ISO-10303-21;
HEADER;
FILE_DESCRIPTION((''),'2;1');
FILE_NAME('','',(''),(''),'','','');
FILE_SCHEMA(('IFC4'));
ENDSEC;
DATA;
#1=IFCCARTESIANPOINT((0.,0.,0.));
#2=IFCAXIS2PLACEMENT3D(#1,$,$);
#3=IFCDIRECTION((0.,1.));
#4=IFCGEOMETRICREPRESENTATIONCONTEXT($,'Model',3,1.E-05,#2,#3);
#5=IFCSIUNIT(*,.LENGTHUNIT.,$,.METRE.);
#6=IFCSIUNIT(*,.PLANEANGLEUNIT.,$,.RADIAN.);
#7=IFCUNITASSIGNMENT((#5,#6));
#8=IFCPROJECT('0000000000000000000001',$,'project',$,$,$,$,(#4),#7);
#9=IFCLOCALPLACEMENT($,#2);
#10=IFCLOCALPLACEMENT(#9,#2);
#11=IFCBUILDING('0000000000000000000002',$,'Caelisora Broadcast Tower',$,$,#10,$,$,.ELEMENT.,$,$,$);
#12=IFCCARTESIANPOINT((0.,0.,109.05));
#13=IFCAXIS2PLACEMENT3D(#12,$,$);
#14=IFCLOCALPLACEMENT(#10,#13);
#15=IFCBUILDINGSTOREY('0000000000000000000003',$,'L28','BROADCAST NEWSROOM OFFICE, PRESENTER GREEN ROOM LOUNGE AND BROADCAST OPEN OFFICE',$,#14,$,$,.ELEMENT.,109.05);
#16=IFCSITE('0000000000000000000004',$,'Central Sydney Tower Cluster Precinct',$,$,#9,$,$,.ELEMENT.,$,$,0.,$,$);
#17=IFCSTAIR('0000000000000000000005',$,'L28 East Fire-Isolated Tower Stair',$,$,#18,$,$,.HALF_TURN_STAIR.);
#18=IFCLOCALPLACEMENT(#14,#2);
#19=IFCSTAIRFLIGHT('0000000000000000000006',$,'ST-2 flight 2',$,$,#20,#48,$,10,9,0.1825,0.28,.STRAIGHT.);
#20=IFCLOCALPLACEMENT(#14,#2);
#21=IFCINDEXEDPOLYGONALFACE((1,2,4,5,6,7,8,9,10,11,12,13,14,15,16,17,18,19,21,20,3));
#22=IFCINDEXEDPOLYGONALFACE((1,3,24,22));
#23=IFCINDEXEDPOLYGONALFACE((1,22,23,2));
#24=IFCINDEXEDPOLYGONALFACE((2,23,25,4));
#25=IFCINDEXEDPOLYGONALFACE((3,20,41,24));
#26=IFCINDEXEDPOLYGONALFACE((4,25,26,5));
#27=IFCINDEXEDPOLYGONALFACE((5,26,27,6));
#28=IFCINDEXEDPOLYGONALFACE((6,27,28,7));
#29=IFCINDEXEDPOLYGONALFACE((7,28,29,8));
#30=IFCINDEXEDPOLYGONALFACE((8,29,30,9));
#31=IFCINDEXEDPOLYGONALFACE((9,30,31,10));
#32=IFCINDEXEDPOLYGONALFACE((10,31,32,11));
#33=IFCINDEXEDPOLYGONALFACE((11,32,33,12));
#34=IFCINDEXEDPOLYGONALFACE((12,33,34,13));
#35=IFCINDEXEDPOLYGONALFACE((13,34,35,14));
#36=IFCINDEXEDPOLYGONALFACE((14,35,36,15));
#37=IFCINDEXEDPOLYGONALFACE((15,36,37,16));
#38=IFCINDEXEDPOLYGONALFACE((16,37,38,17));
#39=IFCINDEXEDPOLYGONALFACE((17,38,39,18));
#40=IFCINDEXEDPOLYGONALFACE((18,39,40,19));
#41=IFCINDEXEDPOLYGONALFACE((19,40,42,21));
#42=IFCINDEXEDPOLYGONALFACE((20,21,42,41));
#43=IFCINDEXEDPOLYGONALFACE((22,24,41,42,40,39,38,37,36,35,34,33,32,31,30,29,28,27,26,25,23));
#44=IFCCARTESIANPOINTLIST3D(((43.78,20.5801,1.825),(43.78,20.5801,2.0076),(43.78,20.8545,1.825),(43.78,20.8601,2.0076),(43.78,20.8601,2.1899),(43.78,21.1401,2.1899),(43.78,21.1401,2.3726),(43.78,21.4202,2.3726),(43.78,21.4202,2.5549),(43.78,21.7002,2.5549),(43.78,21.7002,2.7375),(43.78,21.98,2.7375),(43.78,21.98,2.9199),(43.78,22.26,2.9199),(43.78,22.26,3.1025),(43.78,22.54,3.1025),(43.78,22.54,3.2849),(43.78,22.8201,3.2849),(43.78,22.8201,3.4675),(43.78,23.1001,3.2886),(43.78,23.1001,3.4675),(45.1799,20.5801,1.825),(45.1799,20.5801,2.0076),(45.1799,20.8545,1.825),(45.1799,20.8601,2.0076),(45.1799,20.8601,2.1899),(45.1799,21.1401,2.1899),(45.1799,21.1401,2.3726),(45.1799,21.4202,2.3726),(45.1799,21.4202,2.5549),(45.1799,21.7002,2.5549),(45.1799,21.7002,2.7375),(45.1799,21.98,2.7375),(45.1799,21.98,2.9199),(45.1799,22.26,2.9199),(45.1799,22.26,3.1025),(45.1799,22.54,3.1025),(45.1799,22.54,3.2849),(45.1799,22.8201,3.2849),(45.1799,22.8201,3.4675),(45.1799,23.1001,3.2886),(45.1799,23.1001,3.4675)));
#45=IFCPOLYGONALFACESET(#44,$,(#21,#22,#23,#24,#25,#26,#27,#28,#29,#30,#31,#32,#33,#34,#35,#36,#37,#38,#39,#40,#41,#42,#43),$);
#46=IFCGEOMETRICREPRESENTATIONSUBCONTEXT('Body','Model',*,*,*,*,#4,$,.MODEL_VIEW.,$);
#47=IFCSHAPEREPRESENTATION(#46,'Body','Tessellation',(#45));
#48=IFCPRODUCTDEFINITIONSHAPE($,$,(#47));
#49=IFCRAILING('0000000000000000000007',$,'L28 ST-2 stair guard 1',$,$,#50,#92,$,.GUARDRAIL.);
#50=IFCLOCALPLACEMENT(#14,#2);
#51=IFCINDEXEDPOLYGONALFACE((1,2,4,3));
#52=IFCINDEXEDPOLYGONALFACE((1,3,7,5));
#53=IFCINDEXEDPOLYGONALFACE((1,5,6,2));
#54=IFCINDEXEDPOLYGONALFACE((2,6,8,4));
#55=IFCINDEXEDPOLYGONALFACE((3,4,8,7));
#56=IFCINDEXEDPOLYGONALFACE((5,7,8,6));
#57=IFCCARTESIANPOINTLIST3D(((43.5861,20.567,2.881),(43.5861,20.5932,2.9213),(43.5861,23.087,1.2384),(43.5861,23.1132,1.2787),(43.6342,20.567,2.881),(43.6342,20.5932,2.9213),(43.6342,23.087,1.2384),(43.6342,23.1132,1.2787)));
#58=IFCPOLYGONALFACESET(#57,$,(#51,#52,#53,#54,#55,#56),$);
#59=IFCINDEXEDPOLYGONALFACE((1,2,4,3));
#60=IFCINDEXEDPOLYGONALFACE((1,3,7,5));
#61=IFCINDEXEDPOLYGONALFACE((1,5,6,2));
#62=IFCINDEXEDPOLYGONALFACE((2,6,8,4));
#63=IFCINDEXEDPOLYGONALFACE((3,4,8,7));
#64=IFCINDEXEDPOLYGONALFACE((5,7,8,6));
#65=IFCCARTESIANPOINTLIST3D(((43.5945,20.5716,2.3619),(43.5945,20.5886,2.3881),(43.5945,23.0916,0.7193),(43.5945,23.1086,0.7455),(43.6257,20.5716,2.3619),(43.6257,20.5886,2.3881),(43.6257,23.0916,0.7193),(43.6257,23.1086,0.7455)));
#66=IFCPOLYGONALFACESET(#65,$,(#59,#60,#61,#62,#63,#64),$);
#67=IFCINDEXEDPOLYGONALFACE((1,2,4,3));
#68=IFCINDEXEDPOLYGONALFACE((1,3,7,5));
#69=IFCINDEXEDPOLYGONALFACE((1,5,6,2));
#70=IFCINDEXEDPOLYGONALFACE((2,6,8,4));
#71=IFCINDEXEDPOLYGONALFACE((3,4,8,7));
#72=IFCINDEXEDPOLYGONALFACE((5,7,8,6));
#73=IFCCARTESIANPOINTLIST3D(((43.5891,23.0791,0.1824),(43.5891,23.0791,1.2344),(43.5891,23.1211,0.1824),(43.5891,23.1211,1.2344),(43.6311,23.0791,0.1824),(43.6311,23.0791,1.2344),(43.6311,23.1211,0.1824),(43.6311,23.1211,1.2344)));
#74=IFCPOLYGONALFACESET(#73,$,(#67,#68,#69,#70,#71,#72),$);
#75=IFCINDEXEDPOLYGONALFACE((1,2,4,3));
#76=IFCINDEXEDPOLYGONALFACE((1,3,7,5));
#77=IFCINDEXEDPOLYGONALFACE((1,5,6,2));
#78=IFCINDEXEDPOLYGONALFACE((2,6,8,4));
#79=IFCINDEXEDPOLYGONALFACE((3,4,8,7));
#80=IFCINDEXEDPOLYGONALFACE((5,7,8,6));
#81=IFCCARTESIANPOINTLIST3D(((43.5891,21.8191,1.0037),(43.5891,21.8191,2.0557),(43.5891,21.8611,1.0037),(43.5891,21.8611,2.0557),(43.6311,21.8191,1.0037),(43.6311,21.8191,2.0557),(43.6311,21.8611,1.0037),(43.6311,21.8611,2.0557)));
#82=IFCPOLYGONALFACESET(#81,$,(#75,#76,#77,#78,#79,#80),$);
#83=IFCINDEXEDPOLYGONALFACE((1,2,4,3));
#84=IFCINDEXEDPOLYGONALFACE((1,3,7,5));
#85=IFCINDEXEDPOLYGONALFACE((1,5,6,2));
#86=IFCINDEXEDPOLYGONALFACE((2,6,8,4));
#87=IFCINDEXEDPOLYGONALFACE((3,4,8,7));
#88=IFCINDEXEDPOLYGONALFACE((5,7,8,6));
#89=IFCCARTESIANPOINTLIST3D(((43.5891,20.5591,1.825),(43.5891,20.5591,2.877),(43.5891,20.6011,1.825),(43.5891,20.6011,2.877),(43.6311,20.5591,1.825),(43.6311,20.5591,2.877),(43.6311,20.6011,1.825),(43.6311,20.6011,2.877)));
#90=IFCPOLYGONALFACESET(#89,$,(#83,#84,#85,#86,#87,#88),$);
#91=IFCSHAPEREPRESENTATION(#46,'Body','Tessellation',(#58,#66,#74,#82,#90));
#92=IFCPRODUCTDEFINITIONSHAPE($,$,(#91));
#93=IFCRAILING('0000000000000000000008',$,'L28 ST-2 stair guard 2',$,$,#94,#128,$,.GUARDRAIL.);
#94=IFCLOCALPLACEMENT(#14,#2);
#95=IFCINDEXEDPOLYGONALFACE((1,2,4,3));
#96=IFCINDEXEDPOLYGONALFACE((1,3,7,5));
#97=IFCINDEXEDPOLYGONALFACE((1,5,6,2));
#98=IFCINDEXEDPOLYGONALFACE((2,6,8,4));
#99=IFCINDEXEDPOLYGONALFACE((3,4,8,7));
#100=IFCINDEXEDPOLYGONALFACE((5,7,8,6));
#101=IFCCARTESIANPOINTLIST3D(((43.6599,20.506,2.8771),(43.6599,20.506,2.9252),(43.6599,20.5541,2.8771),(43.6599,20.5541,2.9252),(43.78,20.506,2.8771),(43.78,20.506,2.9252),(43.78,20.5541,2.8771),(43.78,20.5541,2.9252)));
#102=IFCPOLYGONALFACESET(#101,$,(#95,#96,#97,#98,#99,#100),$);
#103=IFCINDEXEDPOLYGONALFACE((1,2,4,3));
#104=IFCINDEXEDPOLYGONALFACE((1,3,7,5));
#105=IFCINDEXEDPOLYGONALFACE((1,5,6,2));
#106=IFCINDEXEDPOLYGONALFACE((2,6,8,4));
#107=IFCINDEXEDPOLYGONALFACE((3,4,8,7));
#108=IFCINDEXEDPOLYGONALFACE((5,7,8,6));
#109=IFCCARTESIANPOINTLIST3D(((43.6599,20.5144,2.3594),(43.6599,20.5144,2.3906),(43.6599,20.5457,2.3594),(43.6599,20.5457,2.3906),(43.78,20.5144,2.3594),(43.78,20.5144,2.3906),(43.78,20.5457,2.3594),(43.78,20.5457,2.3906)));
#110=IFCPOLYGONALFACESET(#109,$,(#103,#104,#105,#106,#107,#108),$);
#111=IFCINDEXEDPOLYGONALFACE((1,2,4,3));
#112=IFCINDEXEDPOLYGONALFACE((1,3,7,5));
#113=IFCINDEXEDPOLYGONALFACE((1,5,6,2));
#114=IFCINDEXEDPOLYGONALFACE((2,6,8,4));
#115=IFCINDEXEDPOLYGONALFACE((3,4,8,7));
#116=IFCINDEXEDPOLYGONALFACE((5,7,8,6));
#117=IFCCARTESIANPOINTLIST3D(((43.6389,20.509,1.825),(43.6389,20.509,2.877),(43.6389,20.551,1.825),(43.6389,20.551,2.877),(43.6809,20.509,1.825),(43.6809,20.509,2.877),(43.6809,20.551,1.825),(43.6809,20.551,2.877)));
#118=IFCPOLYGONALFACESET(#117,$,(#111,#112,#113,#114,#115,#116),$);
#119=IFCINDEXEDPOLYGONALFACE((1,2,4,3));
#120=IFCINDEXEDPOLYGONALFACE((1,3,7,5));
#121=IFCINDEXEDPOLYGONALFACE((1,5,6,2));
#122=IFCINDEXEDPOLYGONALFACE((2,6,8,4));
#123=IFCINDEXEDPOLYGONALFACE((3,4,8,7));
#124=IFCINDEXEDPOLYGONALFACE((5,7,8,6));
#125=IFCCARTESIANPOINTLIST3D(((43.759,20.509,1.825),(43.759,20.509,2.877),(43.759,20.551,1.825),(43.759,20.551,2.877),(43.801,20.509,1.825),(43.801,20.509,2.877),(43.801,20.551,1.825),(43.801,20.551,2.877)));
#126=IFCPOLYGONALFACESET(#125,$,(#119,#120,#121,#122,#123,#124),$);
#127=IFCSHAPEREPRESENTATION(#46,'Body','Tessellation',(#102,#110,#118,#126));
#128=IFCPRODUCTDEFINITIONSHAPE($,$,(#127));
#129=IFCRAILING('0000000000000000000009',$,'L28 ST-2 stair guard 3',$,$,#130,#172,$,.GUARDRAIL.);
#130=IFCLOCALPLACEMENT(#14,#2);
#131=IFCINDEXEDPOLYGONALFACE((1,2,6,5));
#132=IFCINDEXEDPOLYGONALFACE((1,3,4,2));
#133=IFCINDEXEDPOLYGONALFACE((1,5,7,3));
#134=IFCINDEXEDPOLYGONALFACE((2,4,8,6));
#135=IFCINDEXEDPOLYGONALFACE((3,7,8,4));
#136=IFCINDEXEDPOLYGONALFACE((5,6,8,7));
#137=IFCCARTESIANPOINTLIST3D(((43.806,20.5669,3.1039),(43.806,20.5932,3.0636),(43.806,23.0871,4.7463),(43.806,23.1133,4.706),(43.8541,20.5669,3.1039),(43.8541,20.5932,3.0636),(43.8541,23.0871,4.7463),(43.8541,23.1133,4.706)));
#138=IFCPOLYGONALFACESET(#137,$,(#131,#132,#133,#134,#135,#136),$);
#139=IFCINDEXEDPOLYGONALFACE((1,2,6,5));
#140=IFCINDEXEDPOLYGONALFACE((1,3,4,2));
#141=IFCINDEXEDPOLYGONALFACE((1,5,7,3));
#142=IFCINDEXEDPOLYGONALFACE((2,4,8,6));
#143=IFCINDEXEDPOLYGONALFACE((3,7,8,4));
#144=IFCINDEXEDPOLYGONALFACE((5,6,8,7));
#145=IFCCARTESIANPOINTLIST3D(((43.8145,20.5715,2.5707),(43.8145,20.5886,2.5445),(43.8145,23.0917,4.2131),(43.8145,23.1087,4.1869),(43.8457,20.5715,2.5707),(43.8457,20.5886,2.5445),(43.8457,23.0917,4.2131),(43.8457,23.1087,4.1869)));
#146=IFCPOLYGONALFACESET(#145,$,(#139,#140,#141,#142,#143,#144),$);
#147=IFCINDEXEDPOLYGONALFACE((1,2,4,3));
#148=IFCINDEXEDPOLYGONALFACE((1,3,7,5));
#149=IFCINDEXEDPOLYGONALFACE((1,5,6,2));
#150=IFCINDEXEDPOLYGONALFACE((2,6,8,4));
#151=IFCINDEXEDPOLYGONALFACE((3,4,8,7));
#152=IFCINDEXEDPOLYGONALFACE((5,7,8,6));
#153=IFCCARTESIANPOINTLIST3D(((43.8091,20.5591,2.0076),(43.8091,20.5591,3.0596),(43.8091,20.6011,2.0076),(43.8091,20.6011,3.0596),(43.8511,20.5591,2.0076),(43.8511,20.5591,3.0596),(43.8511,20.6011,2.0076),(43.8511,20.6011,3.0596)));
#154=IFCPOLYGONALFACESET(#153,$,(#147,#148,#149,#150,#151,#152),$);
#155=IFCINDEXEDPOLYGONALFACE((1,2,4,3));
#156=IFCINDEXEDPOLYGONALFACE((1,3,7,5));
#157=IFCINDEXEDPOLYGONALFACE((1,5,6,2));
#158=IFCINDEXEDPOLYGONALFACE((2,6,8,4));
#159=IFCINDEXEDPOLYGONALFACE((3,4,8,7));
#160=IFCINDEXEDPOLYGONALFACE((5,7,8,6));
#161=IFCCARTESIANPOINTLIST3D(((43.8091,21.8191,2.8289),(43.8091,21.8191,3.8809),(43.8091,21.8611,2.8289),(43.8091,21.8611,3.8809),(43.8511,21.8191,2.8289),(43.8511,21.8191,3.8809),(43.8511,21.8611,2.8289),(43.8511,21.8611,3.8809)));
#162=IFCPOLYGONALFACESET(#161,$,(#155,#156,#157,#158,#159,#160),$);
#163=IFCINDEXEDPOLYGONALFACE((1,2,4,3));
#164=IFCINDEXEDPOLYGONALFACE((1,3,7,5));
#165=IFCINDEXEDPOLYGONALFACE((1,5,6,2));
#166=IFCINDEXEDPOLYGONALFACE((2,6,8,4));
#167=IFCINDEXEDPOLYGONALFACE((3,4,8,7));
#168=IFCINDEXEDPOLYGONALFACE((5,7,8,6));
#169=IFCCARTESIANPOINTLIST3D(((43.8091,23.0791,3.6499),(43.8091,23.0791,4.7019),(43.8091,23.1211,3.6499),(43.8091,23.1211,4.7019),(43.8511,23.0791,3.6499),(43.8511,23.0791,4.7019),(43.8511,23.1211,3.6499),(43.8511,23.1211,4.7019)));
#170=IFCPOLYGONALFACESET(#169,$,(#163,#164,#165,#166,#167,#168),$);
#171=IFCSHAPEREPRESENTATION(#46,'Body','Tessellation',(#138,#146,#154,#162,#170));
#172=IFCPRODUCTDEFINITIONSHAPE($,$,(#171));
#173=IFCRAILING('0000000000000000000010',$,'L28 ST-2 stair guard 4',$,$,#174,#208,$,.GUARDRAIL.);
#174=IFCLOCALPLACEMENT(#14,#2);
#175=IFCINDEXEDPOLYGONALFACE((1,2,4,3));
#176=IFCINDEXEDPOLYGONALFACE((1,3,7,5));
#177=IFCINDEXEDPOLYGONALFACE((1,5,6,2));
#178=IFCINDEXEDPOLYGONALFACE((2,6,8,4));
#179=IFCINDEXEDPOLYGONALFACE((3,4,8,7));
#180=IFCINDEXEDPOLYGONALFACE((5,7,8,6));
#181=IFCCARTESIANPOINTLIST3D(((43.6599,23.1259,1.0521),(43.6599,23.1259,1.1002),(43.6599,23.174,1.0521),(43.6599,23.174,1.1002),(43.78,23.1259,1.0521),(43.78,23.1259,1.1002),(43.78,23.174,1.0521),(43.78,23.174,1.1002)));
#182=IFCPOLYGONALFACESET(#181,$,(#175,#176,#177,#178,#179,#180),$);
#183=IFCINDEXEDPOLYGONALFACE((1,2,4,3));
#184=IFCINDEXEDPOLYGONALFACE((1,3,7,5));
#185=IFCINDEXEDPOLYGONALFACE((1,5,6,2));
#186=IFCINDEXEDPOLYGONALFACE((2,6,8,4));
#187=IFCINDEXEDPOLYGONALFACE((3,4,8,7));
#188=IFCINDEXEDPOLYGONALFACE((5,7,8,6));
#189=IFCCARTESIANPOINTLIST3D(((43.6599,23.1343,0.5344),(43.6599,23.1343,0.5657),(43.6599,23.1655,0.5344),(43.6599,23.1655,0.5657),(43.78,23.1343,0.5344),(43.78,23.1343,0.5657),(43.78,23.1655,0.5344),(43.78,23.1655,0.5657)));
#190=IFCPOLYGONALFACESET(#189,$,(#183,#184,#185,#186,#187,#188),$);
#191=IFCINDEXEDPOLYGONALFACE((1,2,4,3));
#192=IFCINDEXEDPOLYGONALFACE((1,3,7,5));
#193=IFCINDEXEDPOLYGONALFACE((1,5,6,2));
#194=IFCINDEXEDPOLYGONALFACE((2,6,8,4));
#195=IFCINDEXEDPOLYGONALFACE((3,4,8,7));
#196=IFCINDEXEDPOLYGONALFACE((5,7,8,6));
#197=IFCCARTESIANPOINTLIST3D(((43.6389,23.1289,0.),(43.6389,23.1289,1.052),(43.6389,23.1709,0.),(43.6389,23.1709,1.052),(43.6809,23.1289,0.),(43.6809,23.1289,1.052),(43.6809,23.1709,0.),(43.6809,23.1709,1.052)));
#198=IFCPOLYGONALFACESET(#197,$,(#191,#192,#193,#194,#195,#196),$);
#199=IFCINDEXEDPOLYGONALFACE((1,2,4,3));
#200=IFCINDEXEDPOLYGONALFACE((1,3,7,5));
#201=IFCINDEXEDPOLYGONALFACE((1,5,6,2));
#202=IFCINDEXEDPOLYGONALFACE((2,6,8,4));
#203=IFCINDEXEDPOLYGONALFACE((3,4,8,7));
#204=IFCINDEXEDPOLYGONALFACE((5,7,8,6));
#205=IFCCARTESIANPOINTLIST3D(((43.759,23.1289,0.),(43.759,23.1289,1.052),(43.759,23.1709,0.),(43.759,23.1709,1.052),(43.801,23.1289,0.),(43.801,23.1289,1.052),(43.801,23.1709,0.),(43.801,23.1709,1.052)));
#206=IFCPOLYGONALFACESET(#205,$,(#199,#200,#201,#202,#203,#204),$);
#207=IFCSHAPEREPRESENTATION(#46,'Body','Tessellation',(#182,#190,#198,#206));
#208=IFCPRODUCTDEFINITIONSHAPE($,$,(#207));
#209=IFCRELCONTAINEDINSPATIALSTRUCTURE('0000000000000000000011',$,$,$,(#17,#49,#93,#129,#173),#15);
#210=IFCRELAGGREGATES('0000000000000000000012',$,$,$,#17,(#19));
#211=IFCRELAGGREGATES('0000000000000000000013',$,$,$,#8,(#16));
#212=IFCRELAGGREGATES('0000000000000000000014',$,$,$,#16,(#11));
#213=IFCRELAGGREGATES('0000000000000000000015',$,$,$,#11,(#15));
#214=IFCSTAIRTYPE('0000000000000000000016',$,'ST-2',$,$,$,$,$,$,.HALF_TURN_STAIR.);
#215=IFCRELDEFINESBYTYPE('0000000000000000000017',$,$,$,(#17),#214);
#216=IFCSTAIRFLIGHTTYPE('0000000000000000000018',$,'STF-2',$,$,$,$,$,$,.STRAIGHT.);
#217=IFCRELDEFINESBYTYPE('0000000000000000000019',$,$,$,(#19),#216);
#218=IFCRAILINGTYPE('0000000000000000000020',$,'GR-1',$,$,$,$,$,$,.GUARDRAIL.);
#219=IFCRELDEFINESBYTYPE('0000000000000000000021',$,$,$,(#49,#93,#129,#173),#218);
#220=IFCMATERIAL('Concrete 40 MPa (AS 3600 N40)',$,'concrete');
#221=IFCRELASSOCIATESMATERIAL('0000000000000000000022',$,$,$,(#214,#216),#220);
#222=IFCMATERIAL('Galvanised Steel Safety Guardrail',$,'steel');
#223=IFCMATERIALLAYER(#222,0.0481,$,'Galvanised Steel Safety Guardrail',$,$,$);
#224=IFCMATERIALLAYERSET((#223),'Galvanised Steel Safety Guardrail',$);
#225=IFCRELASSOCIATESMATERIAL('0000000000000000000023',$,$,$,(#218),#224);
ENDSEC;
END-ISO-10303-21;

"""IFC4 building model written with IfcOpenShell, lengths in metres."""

from ifc_helpers import new_model, si_unit, direction, frame, origin, origin_2d, place, context, subcontext, project, spatial, polyline, rectangle, outline, extrude, material, layer, layer_set, type_object, element, aggregate, save


model = new_model("IFC4")

# Units and contexts
model_context = context("Model", 3, precision=1e-05, world=origin(), true_north=direction((0.0, 1.0)))
body_context = subcontext(model_context, "Body", "Model", "MODEL_VIEW")
ifc_project = project(units=[si_unit("LENGTHUNIT", "METRE"), si_unit("PLANEANGLEUNIT", "RADIAN")], contexts=[model_context])

# Site, building, storey
site_placement = place(None, origin())
site = spatial("IfcSite", under=ifc_project, at=site_placement, Name="Central Sydney Tower Cluster Precinct", CompositionType="ELEMENT", RefElevation=0.0)
building_placement = place(site_placement, origin())
building = spatial("IfcBuilding", under=site, at=building_placement, Name="Caelisora Broadcast Tower", CompositionType="ELEMENT")
storey_placement = place(building_placement, frame((0.0, 0.0, 109.05)))
storey = spatial("IfcBuildingStorey", under=building, at=storey_placement, Name="L28", Description="BROADCAST NEWSROOM OFFICE, PRESENTER GREEN ROOM LOUNGE AND BROADCAST OPEN OFFICE", CompositionType="ELEMENT", Elevation=109.05)

# Stair, stair flight
ifc_material_1 = material(Name="Concrete 40 MPa (AS 3600 N40)", Category="concrete")
stair_type = type_object("IfcStairType", Name="ST-2", PredefinedType="HALF_TURN_STAIR", material=ifc_material_1)
stair_placement = place(storey_placement, origin())
stair = element("IfcStair", 1, at=stair_placement, inside=storey, type_object=stair_type, Name="L28 East Fire-Isolated Tower Stair", PredefinedType="HALF_TURN_STAIR")
stair_flight_type = type_object("IfcStairFlightType", Name="STF-2", PredefinedType="STRAIGHT", material=ifc_material_1)
stair_flight_1_placement = place(storey_placement, frame((44.48, 20.5801, 1.825), z_axis=(0.0, 0.0, 1.0), x_axis=(0.0, 1.0, 0.0)))
stair_flight_1 = element("IfcStairFlight", 2, at=stair_flight_1_placement, type_object=stair_flight_type, Name="ST-2 flight 2", NumberOfRisers=10, NumberOfTreads=9, PredefinedType="STRAIGHT", RiserHeight=0.1825, TreadLength=0.28, context=body_context, shape_type="SweptSolid", body=[
    extrude(outline(polyline([(0.0, 0.0), (0.0, 0.1826), (0.28, 0.1826), (0.28, 0.365), (0.5601, 0.365), (0.5601, 0.5476), (0.8401, 0.5476), (0.8401, 0.73), (1.1201, 0.73), (1.1201, 0.9126), (1.3999, 0.9126), (1.3999, 1.095), (1.6799, 1.095), (1.6799, 1.2776), (1.96, 1.2776), (1.96, 1.46), (2.24, 1.46), (2.24, 1.6426), (2.52, 1.6426), (2.52, 1.825), (2.52, 1.4636), (0.2744, 0.0), (0.0, 0.0)])), frame((0.0, 0.7, 0.0), z_axis=(0.0, -1.0, 0.0), x_axis=(1.0, 0.0, 0.0)), (0.0, 0.0, 1.0), 1.3999),
])
aggregate(stair, [stair_flight_1])

# Railings
ifc_material_2 = material(Name="Galvanised Steel Safety Guardrail", Category="steel")
ifc_layer_1 = layer(ifc_material_2, 0.0481, Name="Galvanised Steel Safety Guardrail")
ifc_layer_set_1 = layer_set([ifc_layer_1], Name="Galvanised Steel Safety Guardrail")
railing_type_1 = type_object("IfcRailingType", Name="GR-1", PredefinedType="GUARDRAIL", material=ifc_layer_set_1)
railing_1_placement = place(storey_placement, frame((43.6101, 23.1001, 0.1824)))
element("IfcRailing", 3, at=railing_1_placement, inside=storey, type_object=railing_type_1, Name="L28 ST-2 stair guard 1", PredefinedType="GUARDRAIL", context=body_context, shape_type="SweptSolid", body=[
    extrude(rectangle(XDim=0.0481, YDim=0.0481, at=origin_2d()), frame((0.0, 0.0, 1.0762), z_axis=(0.0, -0.837749, 0.546055), x_axis=(1.0, 0.0, 0.0)), (0.0, 0.0, 1.0), 3.0081),
    extrude(rectangle(XDim=0.0312, YDim=0.0312, at=origin_2d()), frame((0.0, 0.0, 0.55), z_axis=(0.0, -0.837749, 0.546055), x_axis=(1.0, 0.0, 0.0)), (0.0, 0.0, 1.0), 3.0081),
    extrude(rectangle(XDim=0.042, YDim=0.042, at=origin_2d()), origin(), (0.0, 0.0, 1.0), 1.052),
    extrude(rectangle(XDim=0.042, YDim=0.042, at=origin_2d()), frame((0.0, -1.26, 0.8213)), (0.0, 0.0, 1.0), 1.052),
    extrude(rectangle(XDim=0.042, YDim=0.042, at=origin_2d()), frame((0.0, -2.52, 1.6426)), (0.0, 0.0, 1.0), 1.052),
])
railing_2_placement = place(storey_placement, frame((43.6599, 20.53, 1.825)))
element("IfcRailing", 4, at=railing_2_placement, inside=storey, type_object=railing_type_1, Name="L28 ST-2 stair guard 2", PredefinedType="GUARDRAIL", context=body_context, shape_type="SweptSolid", body=[
    extrude(rectangle(XDim=0.0481, YDim=0.0481, at=origin_2d()), frame((0.0, 0.0, 1.0762), z_axis=(1.0, 0.0, 0.0), x_axis=(0.0, 1.0, 0.0)), (0.0, 0.0, 1.0), 0.1201),
    extrude(rectangle(XDim=0.0312, YDim=0.0312, at=origin_2d()), frame((0.0, 0.0, 0.55), z_axis=(1.0, 0.0, 0.0), x_axis=(0.0, 1.0, 0.0)), (0.0, 0.0, 1.0), 0.1201),
    extrude(rectangle(XDim=0.042, YDim=0.042, at=origin_2d()), origin(), (0.0, 0.0, 1.0), 1.052),
    extrude(rectangle(XDim=0.042, YDim=0.042, at=origin_2d()), frame((0.1201, 0.0, 0.0)), (0.0, 0.0, 1.0), 1.052),
])
railing_3_placement = place(storey_placement, frame((43.8301, 20.5801, 2.0076)))
element("IfcRailing", 5, at=railing_3_placement, inside=storey, type_object=railing_type_1, Name="L28 ST-2 stair guard 3", PredefinedType="GUARDRAIL", context=body_context, shape_type="SweptSolid", body=[
    extrude(rectangle(XDim=0.0481, YDim=0.0481, at=origin_2d()), frame((0.0, 0.0, 1.0762), z_axis=(0.0, 0.837787, 0.545998), x_axis=(-1.0, 0.0, 0.0)), (0.0, 0.0, 1.0), 3.0081),
    extrude(rectangle(XDim=0.0312, YDim=0.0312, at=origin_2d()), frame((0.0, 0.0, 0.55), z_axis=(0.0, 0.837787, 0.545998), x_axis=(-1.0, 0.0, 0.0)), (0.0, 0.0, 1.0), 3.0081),
    extrude(rectangle(XDim=0.042, YDim=0.042, at=origin_2d()), origin(), (0.0, 0.0, 1.0), 1.052),
    extrude(rectangle(XDim=0.042, YDim=0.042, at=origin_2d()), frame((0.0, 1.26, 0.8213)), (0.0, 0.0, 1.0), 1.052),
    extrude(rectangle(XDim=0.042, YDim=0.042, at=origin_2d()), frame((0.0, 2.52, 1.6423)), (0.0, 0.0, 1.0), 1.052),
])
railing_4_placement = place(storey_placement, frame((43.6599, 23.1499, 0.0)))
element("IfcRailing", 6, at=railing_4_placement, inside=storey, type_object=railing_type_1, Name="L28 ST-2 stair guard 4", PredefinedType="GUARDRAIL", context=body_context, shape_type="SweptSolid", body=[
    extrude(rectangle(XDim=0.0481, YDim=0.0481, at=origin_2d()), frame((0.0, 0.0, 1.0762), z_axis=(1.0, 0.0, 0.0), x_axis=(0.0, 1.0, 0.0)), (0.0, 0.0, 1.0), 0.1201),
    extrude(rectangle(XDim=0.0312, YDim=0.0312, at=origin_2d()), frame((0.0, 0.0, 0.55), z_axis=(1.0, 0.0, 0.0), x_axis=(0.0, 1.0, 0.0)), (0.0, 0.0, 1.0), 0.1201),
    extrude(rectangle(XDim=0.042, YDim=0.042, at=origin_2d()), origin(), (0.0, 0.0, 1.0), 1.052),
    extrude(rectangle(XDim=0.042, YDim=0.042, at=origin_2d()), frame((0.1201, 0.0, 0.0)), (0.0, 0.0, 1.0), 1.052),
])

save(model, "model.ifc")
